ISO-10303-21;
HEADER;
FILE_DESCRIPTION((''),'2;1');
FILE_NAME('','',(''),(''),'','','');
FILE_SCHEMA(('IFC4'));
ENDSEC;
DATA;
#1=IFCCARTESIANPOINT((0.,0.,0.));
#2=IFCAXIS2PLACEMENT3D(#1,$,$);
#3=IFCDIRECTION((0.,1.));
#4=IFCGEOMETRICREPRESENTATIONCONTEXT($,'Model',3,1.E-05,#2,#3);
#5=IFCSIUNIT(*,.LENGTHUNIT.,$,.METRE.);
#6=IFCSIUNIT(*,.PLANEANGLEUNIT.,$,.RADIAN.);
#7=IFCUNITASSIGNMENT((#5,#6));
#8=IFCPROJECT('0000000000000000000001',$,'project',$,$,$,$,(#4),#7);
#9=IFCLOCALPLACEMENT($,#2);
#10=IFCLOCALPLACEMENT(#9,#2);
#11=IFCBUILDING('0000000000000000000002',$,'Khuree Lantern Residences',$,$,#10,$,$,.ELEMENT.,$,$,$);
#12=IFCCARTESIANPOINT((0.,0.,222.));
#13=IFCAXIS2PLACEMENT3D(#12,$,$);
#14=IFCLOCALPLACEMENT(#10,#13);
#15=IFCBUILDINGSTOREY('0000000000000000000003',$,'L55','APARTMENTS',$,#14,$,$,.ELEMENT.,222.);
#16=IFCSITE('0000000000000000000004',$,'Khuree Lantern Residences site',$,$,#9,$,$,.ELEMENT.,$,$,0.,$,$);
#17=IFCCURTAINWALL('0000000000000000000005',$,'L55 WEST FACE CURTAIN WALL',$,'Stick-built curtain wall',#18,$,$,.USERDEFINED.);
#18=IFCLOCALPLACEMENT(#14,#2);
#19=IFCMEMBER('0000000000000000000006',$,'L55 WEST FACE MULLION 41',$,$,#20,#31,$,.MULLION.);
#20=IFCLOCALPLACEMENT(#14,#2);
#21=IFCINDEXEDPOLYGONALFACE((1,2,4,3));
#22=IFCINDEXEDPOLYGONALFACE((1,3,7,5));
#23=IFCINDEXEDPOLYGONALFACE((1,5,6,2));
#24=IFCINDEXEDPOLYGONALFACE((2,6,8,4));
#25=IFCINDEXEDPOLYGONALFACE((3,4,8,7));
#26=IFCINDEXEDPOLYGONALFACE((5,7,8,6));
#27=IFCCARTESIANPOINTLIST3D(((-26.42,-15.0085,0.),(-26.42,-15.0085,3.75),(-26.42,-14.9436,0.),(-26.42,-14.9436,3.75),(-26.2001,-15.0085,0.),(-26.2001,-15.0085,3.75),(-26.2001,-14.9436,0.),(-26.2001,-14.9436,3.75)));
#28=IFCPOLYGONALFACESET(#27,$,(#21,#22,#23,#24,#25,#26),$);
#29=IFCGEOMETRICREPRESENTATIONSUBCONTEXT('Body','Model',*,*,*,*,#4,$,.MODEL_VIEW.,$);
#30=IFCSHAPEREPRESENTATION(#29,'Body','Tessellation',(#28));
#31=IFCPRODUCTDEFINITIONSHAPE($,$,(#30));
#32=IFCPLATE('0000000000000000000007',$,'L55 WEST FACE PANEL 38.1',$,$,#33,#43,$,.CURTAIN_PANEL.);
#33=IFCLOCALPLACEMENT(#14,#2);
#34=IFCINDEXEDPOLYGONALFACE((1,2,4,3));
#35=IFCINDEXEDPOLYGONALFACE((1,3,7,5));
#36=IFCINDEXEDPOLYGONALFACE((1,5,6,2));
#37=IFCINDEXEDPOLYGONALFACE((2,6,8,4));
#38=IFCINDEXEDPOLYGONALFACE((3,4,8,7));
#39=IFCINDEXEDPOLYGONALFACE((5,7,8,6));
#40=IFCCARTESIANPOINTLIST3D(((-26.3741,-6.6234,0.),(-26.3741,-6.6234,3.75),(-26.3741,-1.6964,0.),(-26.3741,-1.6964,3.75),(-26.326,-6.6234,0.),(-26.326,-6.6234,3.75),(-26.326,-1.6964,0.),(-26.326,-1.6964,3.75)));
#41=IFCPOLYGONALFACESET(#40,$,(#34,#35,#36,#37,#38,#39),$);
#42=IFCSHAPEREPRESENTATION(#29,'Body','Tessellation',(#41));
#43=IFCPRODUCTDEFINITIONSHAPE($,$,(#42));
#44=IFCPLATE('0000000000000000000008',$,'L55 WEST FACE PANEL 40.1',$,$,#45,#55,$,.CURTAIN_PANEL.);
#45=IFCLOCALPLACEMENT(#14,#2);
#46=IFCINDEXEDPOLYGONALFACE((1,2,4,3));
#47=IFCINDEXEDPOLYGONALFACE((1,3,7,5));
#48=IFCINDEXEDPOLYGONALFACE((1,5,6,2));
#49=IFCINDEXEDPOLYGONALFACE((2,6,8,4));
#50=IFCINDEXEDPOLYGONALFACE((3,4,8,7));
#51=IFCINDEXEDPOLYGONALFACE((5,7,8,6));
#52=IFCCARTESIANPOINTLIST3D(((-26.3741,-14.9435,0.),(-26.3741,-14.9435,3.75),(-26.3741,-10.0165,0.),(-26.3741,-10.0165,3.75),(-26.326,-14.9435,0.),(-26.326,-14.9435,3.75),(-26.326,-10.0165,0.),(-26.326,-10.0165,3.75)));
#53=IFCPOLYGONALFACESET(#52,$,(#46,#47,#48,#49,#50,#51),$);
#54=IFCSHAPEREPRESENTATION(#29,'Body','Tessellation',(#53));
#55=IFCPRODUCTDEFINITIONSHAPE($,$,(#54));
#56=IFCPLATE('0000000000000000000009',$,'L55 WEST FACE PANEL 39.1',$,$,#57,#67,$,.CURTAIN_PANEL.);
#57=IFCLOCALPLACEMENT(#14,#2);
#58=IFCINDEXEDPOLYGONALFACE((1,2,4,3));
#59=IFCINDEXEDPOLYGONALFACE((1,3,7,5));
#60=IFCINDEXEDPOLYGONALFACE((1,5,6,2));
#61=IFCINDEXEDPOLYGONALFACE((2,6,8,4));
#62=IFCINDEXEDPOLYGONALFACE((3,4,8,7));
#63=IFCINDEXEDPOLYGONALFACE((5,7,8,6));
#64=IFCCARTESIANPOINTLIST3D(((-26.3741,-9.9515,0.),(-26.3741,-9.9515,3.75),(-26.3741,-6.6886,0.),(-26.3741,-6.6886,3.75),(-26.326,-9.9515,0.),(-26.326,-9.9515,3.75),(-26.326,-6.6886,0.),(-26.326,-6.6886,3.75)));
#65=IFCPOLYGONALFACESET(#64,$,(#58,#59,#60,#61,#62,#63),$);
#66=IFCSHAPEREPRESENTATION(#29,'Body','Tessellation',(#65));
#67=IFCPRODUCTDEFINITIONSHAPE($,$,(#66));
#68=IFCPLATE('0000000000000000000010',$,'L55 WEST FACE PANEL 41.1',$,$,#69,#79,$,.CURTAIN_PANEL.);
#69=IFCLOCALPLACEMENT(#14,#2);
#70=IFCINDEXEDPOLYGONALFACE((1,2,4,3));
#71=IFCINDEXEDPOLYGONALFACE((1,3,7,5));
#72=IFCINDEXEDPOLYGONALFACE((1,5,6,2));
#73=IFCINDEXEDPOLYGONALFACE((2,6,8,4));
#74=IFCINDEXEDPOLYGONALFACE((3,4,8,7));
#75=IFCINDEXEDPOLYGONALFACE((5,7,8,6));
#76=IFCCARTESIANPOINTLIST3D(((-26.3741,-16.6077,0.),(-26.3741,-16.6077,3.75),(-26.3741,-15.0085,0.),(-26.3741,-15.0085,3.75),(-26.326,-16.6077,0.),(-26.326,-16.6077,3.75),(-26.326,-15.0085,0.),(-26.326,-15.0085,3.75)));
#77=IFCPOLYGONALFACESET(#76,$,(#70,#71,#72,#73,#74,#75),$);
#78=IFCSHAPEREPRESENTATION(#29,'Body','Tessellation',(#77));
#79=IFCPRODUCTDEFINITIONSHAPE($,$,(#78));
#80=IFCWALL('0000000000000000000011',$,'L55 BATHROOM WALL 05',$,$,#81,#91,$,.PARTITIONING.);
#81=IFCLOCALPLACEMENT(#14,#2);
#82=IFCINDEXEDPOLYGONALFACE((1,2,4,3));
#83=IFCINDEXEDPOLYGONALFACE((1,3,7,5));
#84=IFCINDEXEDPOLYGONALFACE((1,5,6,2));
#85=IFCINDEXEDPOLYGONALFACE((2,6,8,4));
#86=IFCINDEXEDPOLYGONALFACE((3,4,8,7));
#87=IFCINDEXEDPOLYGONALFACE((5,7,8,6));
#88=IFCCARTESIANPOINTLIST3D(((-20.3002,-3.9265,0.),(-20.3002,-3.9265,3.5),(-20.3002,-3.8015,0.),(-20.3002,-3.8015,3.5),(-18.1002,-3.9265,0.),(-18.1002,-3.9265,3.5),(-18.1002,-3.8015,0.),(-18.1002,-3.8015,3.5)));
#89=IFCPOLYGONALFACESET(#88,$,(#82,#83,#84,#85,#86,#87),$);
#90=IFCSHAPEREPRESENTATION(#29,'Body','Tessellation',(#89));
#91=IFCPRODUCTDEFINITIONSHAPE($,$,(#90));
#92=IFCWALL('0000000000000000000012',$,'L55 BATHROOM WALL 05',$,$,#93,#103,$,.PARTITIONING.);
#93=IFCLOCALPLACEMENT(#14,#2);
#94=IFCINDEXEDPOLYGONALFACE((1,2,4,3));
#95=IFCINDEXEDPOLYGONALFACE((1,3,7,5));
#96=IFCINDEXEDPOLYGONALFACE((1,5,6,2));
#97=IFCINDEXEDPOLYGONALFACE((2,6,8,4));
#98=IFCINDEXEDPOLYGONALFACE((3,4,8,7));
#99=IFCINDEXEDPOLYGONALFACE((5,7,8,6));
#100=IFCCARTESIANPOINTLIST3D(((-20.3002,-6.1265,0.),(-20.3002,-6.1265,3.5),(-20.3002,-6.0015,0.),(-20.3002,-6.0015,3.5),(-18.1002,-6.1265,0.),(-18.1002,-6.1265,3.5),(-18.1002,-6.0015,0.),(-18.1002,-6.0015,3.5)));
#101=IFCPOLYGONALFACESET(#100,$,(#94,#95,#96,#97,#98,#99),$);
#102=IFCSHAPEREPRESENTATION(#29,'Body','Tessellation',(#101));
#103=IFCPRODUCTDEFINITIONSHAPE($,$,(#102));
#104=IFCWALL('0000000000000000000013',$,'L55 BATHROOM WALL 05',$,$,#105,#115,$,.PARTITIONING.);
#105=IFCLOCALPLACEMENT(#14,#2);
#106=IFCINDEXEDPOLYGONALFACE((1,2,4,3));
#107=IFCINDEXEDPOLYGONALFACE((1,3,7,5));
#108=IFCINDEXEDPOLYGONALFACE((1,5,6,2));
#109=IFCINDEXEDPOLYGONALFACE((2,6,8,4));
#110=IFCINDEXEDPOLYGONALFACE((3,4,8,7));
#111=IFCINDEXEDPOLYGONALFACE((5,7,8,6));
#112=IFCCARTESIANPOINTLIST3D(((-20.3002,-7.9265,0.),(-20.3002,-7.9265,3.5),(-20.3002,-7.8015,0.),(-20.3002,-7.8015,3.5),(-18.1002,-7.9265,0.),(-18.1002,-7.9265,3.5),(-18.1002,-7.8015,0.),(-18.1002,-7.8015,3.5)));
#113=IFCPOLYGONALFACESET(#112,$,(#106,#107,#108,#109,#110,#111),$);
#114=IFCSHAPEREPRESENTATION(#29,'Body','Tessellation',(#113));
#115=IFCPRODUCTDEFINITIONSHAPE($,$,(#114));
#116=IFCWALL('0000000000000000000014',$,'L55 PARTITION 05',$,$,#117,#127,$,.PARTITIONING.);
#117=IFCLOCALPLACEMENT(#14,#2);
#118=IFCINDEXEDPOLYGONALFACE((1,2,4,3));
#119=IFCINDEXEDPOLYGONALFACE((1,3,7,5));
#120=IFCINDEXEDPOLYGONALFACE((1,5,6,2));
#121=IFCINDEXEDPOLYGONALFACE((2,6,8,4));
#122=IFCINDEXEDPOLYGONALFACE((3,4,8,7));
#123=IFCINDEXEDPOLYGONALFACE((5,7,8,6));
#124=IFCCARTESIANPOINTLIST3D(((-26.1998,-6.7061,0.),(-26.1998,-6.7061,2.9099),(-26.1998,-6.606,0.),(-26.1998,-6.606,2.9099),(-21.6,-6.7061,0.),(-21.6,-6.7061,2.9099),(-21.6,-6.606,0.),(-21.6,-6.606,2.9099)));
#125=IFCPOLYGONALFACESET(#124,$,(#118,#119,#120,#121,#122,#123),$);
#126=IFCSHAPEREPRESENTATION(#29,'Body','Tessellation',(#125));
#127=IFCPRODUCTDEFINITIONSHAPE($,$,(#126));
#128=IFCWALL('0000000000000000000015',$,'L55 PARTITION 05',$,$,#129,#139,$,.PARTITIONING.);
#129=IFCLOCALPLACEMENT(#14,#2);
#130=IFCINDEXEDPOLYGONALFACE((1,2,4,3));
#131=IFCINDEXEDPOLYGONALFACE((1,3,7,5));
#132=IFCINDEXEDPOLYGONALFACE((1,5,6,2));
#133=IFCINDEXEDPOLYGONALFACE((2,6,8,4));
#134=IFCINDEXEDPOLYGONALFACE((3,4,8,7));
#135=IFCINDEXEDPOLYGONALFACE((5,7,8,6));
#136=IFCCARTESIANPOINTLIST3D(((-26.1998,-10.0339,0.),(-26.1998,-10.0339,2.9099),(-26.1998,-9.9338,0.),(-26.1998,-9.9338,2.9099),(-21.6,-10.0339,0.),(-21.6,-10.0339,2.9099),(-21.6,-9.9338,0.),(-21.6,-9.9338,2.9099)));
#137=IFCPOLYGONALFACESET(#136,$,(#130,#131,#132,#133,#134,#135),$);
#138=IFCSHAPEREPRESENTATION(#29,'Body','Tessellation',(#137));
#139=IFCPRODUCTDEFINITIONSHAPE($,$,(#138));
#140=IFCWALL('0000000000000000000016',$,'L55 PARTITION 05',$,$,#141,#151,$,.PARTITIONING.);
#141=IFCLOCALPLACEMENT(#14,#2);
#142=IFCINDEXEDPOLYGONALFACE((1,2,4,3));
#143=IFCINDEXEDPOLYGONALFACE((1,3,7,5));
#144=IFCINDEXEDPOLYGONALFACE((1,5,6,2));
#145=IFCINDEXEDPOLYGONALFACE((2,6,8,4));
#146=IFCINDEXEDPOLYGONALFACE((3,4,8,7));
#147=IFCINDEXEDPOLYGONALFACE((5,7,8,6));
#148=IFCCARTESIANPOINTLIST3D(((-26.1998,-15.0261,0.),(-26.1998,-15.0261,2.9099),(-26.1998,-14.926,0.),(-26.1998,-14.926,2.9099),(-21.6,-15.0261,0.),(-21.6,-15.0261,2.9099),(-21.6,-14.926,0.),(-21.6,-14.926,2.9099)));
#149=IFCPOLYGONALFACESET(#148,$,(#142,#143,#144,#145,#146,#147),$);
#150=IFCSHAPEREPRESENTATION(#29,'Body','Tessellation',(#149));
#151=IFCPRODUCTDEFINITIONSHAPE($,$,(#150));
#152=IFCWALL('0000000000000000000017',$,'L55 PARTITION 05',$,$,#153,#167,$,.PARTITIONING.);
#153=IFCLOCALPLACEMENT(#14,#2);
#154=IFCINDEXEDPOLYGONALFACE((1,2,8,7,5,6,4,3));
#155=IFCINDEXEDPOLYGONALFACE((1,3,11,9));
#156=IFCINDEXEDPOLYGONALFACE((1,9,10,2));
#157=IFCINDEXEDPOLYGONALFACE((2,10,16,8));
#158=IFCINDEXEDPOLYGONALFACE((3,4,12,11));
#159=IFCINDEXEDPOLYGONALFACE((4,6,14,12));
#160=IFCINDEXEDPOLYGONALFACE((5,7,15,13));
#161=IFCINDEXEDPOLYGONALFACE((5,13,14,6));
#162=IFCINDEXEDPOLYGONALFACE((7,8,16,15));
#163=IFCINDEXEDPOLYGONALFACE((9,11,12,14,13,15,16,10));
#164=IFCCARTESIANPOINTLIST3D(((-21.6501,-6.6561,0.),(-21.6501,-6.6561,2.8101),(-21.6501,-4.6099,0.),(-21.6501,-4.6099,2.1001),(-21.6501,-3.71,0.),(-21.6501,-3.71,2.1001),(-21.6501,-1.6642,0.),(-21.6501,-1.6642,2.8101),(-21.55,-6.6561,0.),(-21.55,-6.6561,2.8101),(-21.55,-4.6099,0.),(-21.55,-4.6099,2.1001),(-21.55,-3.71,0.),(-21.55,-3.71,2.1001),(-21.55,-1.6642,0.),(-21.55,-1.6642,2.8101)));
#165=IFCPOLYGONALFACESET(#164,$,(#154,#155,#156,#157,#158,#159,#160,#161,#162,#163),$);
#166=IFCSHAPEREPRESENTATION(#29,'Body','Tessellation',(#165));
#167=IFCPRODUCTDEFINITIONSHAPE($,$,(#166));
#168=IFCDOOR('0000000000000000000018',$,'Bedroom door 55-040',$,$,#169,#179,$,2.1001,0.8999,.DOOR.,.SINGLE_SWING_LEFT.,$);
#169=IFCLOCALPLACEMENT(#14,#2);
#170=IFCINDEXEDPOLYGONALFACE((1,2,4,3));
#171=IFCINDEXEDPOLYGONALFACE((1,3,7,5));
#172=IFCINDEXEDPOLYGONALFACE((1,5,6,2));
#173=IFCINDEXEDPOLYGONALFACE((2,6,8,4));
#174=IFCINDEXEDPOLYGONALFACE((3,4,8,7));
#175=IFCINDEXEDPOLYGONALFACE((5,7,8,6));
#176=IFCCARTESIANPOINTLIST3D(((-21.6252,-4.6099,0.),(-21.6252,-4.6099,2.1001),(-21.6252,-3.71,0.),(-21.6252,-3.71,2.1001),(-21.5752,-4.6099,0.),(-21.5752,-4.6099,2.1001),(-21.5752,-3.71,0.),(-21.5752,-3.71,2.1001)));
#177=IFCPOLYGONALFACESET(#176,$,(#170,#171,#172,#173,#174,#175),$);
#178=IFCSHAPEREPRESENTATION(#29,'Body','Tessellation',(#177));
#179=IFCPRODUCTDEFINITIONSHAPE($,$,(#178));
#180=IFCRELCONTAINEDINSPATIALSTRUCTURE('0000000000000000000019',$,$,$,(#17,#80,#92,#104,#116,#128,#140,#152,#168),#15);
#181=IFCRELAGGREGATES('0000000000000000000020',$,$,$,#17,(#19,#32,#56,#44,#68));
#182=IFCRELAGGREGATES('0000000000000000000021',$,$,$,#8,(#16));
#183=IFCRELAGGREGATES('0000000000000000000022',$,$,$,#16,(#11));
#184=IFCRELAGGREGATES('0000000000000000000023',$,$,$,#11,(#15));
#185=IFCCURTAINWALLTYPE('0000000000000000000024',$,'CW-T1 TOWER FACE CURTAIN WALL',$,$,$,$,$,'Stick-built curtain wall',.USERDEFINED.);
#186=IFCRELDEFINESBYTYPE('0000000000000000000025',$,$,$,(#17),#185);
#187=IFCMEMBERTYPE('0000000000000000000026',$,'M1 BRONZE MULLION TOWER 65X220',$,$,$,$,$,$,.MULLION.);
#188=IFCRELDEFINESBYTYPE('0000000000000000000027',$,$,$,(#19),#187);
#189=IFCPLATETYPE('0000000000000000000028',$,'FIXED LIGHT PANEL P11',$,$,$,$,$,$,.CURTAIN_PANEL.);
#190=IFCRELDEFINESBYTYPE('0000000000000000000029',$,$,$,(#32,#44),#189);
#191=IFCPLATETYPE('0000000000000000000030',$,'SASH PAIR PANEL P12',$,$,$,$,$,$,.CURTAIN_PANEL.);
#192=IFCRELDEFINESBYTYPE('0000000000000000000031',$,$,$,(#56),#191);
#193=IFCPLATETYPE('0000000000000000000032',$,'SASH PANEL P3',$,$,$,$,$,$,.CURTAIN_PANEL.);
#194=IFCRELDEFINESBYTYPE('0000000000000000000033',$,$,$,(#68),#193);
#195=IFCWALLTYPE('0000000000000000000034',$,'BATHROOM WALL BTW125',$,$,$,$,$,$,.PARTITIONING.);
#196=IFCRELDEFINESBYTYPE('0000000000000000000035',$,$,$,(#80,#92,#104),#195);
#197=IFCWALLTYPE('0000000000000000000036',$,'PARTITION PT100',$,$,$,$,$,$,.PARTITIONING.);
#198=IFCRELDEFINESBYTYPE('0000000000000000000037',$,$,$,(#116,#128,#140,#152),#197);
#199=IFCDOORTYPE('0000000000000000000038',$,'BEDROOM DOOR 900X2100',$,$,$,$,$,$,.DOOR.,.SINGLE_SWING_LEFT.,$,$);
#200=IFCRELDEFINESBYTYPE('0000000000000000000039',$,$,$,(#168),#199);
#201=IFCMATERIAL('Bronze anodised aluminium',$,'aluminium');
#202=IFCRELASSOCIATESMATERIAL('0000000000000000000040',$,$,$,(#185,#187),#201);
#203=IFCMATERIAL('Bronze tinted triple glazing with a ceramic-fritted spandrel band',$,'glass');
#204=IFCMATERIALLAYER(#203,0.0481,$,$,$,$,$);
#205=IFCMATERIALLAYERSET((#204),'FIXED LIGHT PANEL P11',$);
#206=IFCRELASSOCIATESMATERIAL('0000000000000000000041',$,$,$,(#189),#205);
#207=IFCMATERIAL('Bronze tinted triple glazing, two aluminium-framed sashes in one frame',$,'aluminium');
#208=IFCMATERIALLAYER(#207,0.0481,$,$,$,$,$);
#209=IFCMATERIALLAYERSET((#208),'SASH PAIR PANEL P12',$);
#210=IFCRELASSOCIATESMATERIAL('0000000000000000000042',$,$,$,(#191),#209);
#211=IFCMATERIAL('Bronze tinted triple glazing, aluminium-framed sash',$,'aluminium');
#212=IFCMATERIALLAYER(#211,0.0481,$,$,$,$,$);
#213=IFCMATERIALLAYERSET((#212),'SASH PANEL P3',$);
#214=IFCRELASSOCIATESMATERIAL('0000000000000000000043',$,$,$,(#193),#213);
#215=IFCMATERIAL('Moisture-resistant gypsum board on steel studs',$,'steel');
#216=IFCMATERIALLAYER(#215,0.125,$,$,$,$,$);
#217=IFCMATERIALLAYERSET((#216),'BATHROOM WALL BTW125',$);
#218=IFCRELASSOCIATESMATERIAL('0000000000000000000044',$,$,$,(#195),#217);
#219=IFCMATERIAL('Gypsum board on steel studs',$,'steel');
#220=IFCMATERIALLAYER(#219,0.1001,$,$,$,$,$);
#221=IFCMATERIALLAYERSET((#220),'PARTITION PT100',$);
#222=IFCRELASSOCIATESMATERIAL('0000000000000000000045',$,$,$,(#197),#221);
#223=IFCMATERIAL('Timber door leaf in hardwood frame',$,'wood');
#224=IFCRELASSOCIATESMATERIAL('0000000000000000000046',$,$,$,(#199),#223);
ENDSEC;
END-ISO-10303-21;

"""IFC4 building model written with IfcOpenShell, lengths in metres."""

from ifc_helpers import new_model, si_unit, direction, frame, frame_2d, origin, origin_2d, place, context, subcontext, project, spatial, rectangle, extrude, material, layer, layer_set, material_profile, profile_set, type_object, element, fill, aggregate, save


model = new_model("IFC4")

# Units and contexts
model_context = context("Model", 3, precision=1e-05, world=origin(), true_north=direction((0.0, 1.0)))
body_context = subcontext(model_context, "Body", "Model", "MODEL_VIEW")
ifc_project = project(units=[si_unit("LENGTHUNIT", "METRE"), si_unit("PLANEANGLEUNIT", "RADIAN")], contexts=[model_context])

# Site, building, storey
site_placement = place(None, origin())
site = spatial("IfcSite", under=ifc_project, at=site_placement, Name="Khuree Lantern Residences site", CompositionType="ELEMENT", RefElevation=0.0)
building_placement = place(site_placement, origin())
building = spatial("IfcBuilding", under=site, at=building_placement, Name="Khuree Lantern Residences", CompositionType="ELEMENT")
storey_placement = place(building_placement, frame((0.0, 0.0, 222.0)))
storey = spatial("IfcBuildingStorey", under=building, at=storey_placement, Name="L55", Description="APARTMENTS", CompositionType="ELEMENT", Elevation=222.0)

# Curtain wall
ifc_material_1 = material(Name="Bronze anodised aluminium", Category="aluminium")
curtain_wall_type = type_object("IfcCurtainWallType", Name="CW-T1 TOWER FACE CURTAIN WALL", ElementType="Stick-built curtain wall", PredefinedType="USERDEFINED", material=ifc_material_1)
curtain_wall_placement = place(storey_placement, origin())
curtain_wall = element("IfcCurtainWall", 1, at=curtain_wall_placement, inside=storey, type_object=curtain_wall_type, Name="L55 WEST FACE CURTAIN WALL", ObjectType="Stick-built curtain wall", PredefinedType="USERDEFINED")

# Member
ifc_material_profile_1 = material_profile(ifc_material_1, rectangle(XDim=0.0649, YDim=0.22, at=origin_2d()), Name="M1 65X220")
ifc_profile_set_1 = profile_set([ifc_material_profile_1], Name="Bronze anodised aluminium")
member_type_1 = type_object("IfcMemberType", Name="M1 BRONZE MULLION TOWER 65X220", PredefinedType="MULLION", material=ifc_profile_set_1)
member_1_placement = place(storey_placement, frame((-26.3101, -14.9761, 0.0), z_axis=(0.0, 0.0, 1.0), x_axis=(0.0, -1.0, 0.0)))
member_1 = element("IfcMember", 2, at=member_1_placement, type_object=member_type_1, Name="L55 WEST FACE MULLION 41", PredefinedType="MULLION", context=body_context, shape_type="SweptSolid", body=[
    extrude(rectangle(XDim=0.0649, YDim=0.22, at=origin_2d()), origin(), (0.0, 0.0, 1.0), 3.75),
])

# Plates
ifc_material_2 = material(Name="Bronze tinted triple glazing with a ceramic-fritted spandrel band", Category="glass")
ifc_layer_1 = layer(ifc_material_2, 0.0481)
ifc_layer_set_1 = layer_set([ifc_layer_1], Name="FIXED LIGHT PANEL P11")
plate_type_1 = type_object("IfcPlateType", Name="FIXED LIGHT PANEL P11", PredefinedType="CURTAIN_PANEL", material=ifc_layer_set_1)
plate_1_placement = place(storey_placement, frame((-26.3501, -4.1599, 0.0), z_axis=(0.0, 0.0, 1.0), x_axis=(0.0, -1.0, 0.0)))
plate_1 = element("IfcPlate", 3, at=plate_1_placement, type_object=plate_type_1, Name="L55 WEST FACE PANEL 38.1", PredefinedType="CURTAIN_PANEL", context=body_context, shape_type="SweptSolid", body=[
    extrude(rectangle(XDim=4.927, YDim=0.0481, at=origin_2d()), origin(), (0.0, 0.0, 1.0), 3.75),
])
plate_2_placement = place(storey_placement, frame((-26.3501, -12.48, 0.0), z_axis=(0.0, 0.0, 1.0), x_axis=(0.0, -1.0, 0.0)))
plate_2 = element("IfcPlate", 4, at=plate_2_placement, type_object=plate_type_1, Name="L55 WEST FACE PANEL 40.1", PredefinedType="CURTAIN_PANEL", context=body_context, shape_type="SweptSolid", body=[
    extrude(rectangle(XDim=4.927, YDim=0.0481, at=origin_2d()), origin(), (0.0, 0.0, 1.0), 3.75),
])
ifc_material_3 = material(Name="Bronze tinted triple glazing, two aluminium-framed sashes in one frame", Category="aluminium")
ifc_layer_2 = layer(ifc_material_3, 0.0481)
ifc_layer_set_2 = layer_set([ifc_layer_2], Name="SASH PAIR PANEL P12")
plate_type_2 = type_object("IfcPlateType", Name="SASH PAIR PANEL P12", PredefinedType="CURTAIN_PANEL", material=ifc_layer_set_2)
plate_3_placement = place(storey_placement, frame((-26.3501, -8.3201, 0.0), z_axis=(0.0, 0.0, 1.0), x_axis=(0.0, -1.0, 0.0)))
plate_3 = element("IfcPlate", 5, at=plate_3_placement, type_object=plate_type_2, Name="L55 WEST FACE PANEL 39.1", PredefinedType="CURTAIN_PANEL", context=body_context, shape_type="SweptSolid", body=[
    extrude(rectangle(XDim=3.2629, YDim=0.0481, at=origin_2d()), origin(), (0.0, 0.0, 1.0), 3.75),
])
ifc_material_4 = material(Name="Bronze tinted triple glazing, aluminium-framed sash", Category="aluminium")
ifc_layer_3 = layer(ifc_material_4, 0.0481)
ifc_layer_set_3 = layer_set([ifc_layer_3], Name="SASH PANEL P3")
plate_type_3 = type_object("IfcPlateType", Name="SASH PANEL P3", PredefinedType="CURTAIN_PANEL", material=ifc_layer_set_3)
plate_4_placement = place(storey_placement, frame((-26.3501, -15.8081, 0.0), z_axis=(0.0, 0.0, 1.0), x_axis=(0.0, -1.0, 0.0)))
plate_4 = element("IfcPlate", 6, at=plate_4_placement, type_object=plate_type_3, Name="L55 WEST FACE PANEL 41.1", PredefinedType="CURTAIN_PANEL", context=body_context, shape_type="SweptSolid", body=[
    extrude(rectangle(XDim=1.5991, YDim=0.0481, at=origin_2d()), origin(), (0.0, 0.0, 1.0), 3.75),
])
aggregate(curtain_wall, [member_1, plate_1, plate_3, plate_2, plate_4])

# Walls
ifc_material_5 = material(Name="Moisture-resistant gypsum board on steel studs", Category="steel")
ifc_layer_4 = layer(ifc_material_5, 0.125)
ifc_layer_set_4 = layer_set([ifc_layer_4], Name="BATHROOM WALL BTW125")
wall_type_1 = type_object("IfcWallType", Name="BATHROOM WALL BTW125", PredefinedType="PARTITIONING", material=ifc_layer_set_4)
for number, where, z_axis, x_axis, name in (
    (7, (-18.1001, -3.864, 0.0), (0.0, 0.0, 1.0), (-1.0, 0.0, 0.0), "L55 BATHROOM WALL 05"),
    (8, (-18.1001, -6.064, 0.0), (0.0, 0.0, 1.0), (-1.0, 0.0, 0.0), "L55 BATHROOM WALL 05"),
    (9, (-18.1001, -7.864, 0.0), (0.0, 0.0, 1.0), (-1.0, 0.0, 0.0), "L55 BATHROOM WALL 05"),
):
    element("IfcWall", number, at=place(storey_placement, frame(where, z_axis=z_axis, x_axis=x_axis)), inside=storey, type_object=wall_type_1, Name=name, PredefinedType="PARTITIONING", context=body_context, shape_type="SweptSolid", body=[
        extrude(rectangle(XDim=2.2, YDim=0.125, at=frame_2d((1.1001, 0.0))), origin(), (0.0, 0.0, 1.0), 3.5),
    ])
ifc_material_6 = material(Name="Gypsum board on steel studs", Category="steel")
ifc_layer_5 = layer(ifc_material_6, 0.1001)
ifc_layer_set_5 = layer_set([ifc_layer_5], Name="PARTITION PT100")
wall_type_2 = type_object("IfcWallType", Name="PARTITION PT100", PredefinedType="PARTITIONING", material=ifc_layer_set_5)
for number, where, z_axis, x_axis, name in (
    (10, (-21.6001, -6.656, 0.0), (0.0, 0.0, 1.0), (-1.0, 0.0, 0.0), "L55 PARTITION 05"),
    (11, (-21.6001, -9.9839, 0.0), (0.0, 0.0, 1.0), (-1.0, 0.0, 0.0), "L55 PARTITION 05"),
    (12, (-21.6001, -14.9761, 0.0), (0.0, 0.0, 1.0), (-1.0, 0.0, 0.0), "L55 PARTITION 05"),
):
    element("IfcWall", number, at=place(storey_placement, frame(where, z_axis=z_axis, x_axis=x_axis)), inside=storey, type_object=wall_type_2, Name=name, PredefinedType="PARTITIONING", context=body_context, shape_type="SweptSolid", body=[
        extrude(rectangle(XDim=4.5999, YDim=0.1001, at=frame_2d((2.2998, 0.0))), origin(), (0.0, 0.0, 1.0), 2.9099),
    ])

# Wall, opening, door
wall_1_placement = place(storey_placement, frame((-21.6001, -1.6641, 0.0), z_axis=(0.0, 0.0, 1.0), x_axis=(0.0, -1.0, 0.0)))
wall_1 = element("IfcWall", 13, at=wall_1_placement, inside=storey, type_object=wall_type_2, Name="L55 PARTITION 05", PredefinedType="PARTITIONING", context=body_context, shape_type="SweptSolid", body=[
    extrude(rectangle(XDim=4.9919, YDim=0.1001, at=frame_2d((2.4961, 0.0))), origin(), (0.0, 0.0, 1.0), 2.8101),
])
opening_1_placement = place(wall_1_placement, frame((2.0459, 0.0, 0.0)))
opening_1 = element("IfcOpeningElement", 14, at=opening_1_placement, cuts=wall_1, PredefinedType="OPENING", context=body_context, shape_type="SweptSolid", body=[
    extrude(rectangle(XDim=0.8999, YDim=2.1001, at=frame_2d((0.45, 1.05))), frame((0.0, 0.0601, 0.0), z_axis=(0.0, -1.0, 0.0), x_axis=(1.0, 0.0, 0.0)), (0.0, 0.0, 1.0), 0.1201),
])
ifc_material_7 = material(Name="Timber door leaf in hardwood frame", Category="wood")
door_type = type_object("IfcDoorType", Name="BEDROOM DOOR 900X2100", OperationType="SINGLE_SWING_LEFT", PredefinedType="DOOR", material=ifc_material_7)
door_1_placement = place(opening_1_placement, origin())
door_1 = element("IfcDoor", 15, at=door_1_placement, inside=storey, type_object=door_type, Name="Bedroom door 55-040", OperationType="SINGLE_SWING_LEFT", OverallHeight=2.1001, OverallWidth=0.8999, PredefinedType="DOOR", context=body_context, shape_type="SweptSolid", body=[
    extrude(rectangle(XDim=0.8999, YDim=2.1001, at=frame_2d((0.45, 1.05))), frame((0.0, 0.0249, 0.0), z_axis=(0.0, -1.0, 0.0), x_axis=(1.0, 0.0, 0.0)), (0.0, 0.0, 1.0), 0.05),
])
fill(opening_1, door_1)

save(model, "model.ifc")
